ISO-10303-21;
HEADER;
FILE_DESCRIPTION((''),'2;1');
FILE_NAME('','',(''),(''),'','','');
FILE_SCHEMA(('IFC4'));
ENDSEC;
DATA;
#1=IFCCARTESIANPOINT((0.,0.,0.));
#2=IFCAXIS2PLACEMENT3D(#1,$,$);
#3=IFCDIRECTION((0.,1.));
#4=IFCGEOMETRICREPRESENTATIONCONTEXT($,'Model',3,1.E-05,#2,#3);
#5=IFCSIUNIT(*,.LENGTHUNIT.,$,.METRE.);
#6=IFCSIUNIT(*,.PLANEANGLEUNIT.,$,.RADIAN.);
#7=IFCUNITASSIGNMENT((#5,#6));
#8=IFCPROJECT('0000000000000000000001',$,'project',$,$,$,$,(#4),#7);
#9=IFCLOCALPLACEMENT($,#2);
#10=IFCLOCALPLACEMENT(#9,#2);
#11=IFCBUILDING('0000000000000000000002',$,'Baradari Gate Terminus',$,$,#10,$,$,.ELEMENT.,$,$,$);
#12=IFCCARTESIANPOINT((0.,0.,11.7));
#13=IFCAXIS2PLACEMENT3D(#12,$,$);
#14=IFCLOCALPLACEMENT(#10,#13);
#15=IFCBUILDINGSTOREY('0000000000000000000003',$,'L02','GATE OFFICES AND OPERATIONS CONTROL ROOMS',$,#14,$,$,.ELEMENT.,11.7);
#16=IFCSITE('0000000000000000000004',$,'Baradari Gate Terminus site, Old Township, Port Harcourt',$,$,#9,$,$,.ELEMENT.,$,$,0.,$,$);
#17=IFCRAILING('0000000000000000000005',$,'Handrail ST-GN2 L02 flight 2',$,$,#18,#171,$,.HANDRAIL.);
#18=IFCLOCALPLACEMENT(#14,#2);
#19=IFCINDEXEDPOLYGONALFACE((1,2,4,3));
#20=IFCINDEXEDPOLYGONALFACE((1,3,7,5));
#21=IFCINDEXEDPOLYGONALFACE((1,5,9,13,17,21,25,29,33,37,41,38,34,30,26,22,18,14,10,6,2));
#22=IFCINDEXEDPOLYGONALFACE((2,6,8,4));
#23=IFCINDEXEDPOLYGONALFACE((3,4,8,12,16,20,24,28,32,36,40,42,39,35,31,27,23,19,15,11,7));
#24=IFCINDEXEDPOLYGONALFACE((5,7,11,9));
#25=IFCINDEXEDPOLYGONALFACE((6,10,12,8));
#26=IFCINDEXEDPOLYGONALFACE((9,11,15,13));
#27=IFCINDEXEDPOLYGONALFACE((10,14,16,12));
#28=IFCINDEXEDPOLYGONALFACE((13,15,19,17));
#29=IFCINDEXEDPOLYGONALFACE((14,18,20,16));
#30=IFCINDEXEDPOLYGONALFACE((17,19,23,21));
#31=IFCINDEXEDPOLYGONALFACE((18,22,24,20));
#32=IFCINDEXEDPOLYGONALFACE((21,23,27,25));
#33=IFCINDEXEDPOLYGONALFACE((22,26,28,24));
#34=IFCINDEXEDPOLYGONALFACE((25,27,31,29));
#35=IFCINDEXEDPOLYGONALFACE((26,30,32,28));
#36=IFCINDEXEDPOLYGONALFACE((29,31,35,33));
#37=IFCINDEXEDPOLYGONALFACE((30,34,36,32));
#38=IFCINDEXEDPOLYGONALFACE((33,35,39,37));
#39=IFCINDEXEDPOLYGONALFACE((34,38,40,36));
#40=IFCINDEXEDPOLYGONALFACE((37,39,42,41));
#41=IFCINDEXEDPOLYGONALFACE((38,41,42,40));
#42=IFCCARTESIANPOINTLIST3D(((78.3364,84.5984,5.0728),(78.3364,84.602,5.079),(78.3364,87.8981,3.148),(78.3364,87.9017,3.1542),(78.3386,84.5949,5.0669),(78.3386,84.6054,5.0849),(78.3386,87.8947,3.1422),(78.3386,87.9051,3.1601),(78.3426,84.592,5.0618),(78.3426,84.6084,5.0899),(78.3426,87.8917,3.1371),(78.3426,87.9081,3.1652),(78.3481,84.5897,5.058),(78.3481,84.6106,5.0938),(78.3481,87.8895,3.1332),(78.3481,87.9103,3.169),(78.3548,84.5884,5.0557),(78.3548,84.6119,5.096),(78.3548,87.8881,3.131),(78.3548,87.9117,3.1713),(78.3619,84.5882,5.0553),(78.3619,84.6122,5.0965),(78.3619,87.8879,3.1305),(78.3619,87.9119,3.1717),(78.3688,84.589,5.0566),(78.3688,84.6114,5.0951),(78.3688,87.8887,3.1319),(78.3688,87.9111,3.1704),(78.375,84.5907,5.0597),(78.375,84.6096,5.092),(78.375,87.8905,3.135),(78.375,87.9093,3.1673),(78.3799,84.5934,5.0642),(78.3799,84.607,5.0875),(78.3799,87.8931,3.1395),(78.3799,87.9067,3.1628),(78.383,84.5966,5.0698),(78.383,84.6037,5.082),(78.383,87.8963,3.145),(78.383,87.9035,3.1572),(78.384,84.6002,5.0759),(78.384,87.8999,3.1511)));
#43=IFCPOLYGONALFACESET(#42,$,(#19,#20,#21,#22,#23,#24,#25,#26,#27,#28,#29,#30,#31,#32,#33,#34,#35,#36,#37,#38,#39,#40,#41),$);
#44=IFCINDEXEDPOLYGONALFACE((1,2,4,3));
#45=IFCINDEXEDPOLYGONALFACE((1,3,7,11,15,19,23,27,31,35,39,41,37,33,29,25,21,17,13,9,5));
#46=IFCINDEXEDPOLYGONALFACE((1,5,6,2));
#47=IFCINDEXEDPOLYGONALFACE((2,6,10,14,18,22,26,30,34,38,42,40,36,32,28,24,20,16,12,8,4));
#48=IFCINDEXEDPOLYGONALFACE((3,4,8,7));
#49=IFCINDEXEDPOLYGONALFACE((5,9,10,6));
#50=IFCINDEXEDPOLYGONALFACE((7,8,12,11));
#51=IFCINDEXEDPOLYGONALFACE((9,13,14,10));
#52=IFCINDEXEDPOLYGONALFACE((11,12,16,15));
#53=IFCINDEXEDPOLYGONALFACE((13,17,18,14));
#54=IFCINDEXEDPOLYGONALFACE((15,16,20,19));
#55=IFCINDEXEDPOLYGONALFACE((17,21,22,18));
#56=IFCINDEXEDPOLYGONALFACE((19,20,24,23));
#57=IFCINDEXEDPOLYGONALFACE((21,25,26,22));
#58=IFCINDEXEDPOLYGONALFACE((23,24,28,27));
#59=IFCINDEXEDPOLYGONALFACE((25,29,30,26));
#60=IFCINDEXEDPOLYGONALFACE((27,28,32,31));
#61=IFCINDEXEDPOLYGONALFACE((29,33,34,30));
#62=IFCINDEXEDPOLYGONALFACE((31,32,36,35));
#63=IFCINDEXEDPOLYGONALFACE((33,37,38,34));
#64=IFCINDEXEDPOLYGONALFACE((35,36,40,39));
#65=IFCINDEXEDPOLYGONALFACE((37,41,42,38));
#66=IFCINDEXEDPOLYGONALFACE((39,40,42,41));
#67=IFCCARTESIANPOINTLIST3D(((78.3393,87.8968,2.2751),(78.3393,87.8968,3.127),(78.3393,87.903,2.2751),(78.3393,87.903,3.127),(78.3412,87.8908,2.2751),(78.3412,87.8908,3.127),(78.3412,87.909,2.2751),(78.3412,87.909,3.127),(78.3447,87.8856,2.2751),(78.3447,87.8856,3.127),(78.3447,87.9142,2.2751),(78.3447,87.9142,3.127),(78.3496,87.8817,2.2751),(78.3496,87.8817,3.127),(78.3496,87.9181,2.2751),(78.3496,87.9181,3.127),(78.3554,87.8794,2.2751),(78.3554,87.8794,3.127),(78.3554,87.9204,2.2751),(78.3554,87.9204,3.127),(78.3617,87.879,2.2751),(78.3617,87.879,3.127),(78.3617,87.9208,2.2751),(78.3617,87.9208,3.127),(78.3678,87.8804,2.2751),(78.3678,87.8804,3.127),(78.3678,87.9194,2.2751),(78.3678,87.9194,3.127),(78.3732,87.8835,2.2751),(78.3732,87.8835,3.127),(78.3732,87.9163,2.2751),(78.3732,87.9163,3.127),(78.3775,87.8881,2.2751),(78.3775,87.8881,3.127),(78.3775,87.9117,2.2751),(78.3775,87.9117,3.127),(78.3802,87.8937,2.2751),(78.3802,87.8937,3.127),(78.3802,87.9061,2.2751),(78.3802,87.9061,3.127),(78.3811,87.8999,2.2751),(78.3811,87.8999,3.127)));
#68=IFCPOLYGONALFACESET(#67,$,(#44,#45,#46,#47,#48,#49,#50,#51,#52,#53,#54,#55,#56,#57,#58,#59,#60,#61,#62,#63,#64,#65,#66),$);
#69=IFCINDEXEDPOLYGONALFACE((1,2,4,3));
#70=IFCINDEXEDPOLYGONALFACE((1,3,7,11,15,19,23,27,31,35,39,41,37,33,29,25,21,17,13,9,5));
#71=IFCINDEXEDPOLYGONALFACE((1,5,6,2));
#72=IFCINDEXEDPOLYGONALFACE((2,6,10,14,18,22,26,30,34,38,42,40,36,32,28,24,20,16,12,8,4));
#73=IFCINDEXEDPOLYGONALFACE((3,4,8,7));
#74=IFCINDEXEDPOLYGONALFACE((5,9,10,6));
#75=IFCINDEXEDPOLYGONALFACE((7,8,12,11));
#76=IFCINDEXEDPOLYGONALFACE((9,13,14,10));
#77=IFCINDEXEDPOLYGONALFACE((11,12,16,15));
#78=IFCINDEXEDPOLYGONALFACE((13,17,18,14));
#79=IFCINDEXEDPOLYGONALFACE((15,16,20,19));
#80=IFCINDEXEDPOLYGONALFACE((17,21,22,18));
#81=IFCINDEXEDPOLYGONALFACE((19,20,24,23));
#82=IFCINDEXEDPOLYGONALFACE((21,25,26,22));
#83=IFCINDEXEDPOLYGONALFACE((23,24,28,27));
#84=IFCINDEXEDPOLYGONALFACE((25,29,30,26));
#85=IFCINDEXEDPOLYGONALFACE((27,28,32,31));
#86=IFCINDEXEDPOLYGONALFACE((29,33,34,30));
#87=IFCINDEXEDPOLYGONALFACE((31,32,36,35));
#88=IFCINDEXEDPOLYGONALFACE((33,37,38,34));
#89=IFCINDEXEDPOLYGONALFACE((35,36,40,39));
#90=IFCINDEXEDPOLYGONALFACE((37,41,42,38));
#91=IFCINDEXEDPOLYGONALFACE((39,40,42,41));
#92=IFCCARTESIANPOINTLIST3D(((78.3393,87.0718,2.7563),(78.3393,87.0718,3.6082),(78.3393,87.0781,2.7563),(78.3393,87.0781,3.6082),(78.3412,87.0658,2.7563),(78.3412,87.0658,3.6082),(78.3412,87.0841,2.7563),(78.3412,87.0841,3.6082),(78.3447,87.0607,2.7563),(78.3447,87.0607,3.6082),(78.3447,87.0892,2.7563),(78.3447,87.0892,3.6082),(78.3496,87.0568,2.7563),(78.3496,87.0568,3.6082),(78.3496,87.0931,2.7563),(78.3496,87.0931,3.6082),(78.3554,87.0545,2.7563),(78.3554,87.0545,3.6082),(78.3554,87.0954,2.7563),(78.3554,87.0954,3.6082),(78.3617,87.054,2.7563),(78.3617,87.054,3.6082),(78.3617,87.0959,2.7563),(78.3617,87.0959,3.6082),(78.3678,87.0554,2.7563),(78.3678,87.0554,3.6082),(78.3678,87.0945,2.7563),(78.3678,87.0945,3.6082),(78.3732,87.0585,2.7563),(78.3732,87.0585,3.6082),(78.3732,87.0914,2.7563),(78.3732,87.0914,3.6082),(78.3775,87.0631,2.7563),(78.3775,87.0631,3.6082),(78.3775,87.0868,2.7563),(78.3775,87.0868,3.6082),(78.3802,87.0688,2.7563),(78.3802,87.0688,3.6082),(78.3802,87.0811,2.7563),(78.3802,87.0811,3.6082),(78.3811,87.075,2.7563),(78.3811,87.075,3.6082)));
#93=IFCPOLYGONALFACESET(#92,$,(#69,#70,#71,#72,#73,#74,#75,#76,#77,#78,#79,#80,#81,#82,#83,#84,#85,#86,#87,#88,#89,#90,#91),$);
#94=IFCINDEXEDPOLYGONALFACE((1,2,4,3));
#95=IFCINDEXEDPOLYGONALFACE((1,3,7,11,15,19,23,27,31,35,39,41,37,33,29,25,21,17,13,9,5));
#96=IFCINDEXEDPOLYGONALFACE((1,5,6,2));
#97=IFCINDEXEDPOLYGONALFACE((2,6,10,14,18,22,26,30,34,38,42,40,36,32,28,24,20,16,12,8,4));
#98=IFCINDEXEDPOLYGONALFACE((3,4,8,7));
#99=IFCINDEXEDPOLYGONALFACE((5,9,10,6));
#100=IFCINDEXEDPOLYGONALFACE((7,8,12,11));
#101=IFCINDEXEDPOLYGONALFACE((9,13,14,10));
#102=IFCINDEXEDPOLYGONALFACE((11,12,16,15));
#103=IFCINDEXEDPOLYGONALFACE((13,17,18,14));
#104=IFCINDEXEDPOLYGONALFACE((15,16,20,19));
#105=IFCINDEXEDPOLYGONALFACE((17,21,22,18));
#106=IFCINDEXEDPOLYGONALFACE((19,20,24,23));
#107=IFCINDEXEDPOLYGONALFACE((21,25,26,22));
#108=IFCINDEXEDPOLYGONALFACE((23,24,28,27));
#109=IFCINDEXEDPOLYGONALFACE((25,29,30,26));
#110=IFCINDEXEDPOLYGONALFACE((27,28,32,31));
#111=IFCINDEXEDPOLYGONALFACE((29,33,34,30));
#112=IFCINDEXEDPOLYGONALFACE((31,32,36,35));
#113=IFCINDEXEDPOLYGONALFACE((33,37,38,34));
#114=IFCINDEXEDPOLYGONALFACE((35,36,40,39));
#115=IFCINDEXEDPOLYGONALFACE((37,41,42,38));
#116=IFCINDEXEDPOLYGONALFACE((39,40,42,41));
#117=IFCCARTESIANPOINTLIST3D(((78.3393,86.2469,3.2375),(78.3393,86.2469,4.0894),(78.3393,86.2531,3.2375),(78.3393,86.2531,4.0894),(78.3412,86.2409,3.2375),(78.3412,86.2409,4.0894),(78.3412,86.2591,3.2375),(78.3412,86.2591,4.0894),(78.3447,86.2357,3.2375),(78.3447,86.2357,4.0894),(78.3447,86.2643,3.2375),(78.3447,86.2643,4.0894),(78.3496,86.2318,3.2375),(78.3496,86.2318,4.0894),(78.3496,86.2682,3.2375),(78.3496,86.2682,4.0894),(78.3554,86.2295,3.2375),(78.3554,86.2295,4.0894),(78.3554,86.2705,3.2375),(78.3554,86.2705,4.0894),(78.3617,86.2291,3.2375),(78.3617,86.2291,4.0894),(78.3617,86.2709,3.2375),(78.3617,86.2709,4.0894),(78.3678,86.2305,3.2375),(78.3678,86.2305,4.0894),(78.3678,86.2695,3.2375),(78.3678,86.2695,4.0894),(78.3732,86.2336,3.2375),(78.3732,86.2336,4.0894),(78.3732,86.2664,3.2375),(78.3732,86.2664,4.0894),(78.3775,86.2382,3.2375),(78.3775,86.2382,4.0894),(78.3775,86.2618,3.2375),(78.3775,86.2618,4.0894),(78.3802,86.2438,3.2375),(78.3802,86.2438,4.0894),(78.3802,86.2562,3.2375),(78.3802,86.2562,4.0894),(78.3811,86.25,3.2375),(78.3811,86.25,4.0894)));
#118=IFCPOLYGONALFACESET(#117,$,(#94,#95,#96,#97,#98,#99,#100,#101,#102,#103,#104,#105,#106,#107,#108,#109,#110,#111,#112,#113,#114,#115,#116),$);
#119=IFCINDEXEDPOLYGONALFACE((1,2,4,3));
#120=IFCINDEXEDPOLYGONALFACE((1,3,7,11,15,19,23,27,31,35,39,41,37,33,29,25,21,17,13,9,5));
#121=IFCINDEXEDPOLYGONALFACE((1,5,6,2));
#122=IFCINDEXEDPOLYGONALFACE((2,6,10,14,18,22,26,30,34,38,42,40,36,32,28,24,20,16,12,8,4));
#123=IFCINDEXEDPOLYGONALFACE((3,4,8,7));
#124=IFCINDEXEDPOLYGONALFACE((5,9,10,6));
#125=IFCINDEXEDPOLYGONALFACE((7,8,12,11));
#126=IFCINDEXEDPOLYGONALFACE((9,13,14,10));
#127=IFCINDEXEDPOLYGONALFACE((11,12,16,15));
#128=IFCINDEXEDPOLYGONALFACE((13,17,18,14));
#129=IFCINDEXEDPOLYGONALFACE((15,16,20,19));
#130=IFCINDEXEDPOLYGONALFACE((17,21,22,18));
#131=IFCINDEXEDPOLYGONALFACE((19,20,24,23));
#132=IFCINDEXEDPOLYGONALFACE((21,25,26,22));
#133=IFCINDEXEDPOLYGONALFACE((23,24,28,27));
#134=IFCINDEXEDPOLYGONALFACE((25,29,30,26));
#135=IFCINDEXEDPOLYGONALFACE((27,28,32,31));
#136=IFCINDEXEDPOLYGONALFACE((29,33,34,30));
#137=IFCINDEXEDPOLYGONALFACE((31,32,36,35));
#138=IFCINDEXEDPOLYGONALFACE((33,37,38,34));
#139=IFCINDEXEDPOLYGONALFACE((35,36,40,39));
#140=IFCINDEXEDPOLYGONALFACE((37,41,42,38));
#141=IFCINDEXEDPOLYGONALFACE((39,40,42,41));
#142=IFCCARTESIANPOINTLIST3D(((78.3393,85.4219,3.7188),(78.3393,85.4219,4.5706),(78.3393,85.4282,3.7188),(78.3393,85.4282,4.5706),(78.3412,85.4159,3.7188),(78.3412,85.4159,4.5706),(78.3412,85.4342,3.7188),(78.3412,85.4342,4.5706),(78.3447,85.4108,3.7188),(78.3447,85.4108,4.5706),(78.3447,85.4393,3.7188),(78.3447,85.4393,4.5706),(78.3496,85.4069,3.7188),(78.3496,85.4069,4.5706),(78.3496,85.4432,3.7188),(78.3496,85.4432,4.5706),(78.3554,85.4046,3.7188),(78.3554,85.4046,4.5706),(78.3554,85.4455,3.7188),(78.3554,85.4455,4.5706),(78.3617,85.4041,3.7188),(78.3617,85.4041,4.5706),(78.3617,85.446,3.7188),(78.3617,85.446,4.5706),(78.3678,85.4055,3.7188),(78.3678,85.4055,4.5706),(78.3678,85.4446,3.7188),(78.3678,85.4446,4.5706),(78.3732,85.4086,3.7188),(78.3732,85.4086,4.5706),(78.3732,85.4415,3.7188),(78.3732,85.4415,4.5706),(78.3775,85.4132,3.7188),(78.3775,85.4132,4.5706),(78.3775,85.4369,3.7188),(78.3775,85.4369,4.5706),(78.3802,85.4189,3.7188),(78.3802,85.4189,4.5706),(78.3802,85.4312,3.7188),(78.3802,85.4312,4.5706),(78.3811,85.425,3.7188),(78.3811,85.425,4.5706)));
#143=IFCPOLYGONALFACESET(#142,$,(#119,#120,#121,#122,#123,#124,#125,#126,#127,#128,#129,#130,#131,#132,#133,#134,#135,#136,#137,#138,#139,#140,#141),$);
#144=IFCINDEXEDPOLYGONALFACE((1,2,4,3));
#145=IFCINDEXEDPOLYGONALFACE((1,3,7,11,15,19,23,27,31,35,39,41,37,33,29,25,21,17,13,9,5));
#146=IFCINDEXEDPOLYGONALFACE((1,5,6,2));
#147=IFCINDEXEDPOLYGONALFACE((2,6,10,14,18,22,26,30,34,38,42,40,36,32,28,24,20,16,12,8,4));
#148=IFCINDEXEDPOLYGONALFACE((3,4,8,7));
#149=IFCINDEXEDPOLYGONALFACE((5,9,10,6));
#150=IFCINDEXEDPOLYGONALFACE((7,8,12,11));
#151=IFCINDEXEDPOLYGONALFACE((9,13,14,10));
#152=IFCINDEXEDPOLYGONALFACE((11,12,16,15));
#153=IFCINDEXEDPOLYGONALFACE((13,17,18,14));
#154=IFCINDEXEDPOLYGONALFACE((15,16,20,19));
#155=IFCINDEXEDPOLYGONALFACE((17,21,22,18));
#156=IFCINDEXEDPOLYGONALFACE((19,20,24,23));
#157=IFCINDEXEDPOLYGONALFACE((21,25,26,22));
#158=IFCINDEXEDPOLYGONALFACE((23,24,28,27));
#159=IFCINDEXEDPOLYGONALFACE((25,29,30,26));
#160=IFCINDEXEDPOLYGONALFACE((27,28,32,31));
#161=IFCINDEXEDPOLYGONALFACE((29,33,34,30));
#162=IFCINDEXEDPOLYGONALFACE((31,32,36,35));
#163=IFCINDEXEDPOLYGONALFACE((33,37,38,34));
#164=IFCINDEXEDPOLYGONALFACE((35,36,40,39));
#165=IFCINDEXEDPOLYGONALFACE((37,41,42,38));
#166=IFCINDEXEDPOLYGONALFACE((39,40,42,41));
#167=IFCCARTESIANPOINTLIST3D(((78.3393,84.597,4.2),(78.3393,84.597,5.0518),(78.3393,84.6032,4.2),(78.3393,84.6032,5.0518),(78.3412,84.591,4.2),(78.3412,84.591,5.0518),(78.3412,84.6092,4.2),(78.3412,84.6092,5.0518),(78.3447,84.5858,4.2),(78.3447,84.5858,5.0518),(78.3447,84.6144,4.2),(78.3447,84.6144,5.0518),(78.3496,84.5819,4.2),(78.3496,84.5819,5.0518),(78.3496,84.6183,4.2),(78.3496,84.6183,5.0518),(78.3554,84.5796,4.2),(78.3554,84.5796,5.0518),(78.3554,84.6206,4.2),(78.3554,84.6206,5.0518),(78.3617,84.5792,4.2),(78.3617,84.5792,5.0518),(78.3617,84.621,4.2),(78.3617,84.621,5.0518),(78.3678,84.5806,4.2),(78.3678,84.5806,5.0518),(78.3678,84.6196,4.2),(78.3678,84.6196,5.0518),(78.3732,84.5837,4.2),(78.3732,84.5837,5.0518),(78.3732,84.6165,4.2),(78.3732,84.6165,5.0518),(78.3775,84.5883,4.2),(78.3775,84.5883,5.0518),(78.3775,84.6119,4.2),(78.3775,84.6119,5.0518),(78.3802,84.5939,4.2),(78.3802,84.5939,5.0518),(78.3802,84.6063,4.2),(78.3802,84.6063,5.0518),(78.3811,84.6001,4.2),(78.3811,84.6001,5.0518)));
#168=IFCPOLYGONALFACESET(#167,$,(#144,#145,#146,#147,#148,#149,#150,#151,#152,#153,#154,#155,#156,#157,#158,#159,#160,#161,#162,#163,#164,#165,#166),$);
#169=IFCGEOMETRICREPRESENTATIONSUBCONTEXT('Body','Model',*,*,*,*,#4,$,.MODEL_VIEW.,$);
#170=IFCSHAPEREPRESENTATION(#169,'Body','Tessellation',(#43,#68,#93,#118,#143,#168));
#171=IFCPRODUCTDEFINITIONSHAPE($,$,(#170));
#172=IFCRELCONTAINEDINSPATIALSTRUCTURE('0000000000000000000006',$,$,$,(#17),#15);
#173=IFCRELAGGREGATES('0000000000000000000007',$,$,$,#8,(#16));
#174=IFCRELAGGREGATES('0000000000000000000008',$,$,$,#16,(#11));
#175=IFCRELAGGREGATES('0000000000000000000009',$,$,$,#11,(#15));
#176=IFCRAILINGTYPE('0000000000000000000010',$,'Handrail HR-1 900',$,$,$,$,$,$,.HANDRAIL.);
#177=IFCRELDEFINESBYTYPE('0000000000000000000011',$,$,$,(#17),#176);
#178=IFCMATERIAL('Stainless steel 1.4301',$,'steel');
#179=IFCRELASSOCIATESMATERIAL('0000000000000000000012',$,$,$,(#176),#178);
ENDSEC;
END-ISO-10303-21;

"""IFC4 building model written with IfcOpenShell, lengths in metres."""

from ifc_helpers import new_model, si_unit, direction, frame, origin, origin_2d, place, context, subcontext, project, spatial, circle, extrude, material, type_object, element, save


model = new_model("IFC4")

# Units and contexts
model_context = context("Model", 3, precision=1e-05, world=origin(), true_north=direction((0.0, 1.0)))
body_context = subcontext(model_context, "Body", "Model", "MODEL_VIEW")
ifc_project = project(units=[si_unit("LENGTHUNIT", "METRE"), si_unit("PLANEANGLEUNIT", "RADIAN")], contexts=[model_context])

# Site, building, storey
site_placement = place(None, origin())
site = spatial("IfcSite", under=ifc_project, at=site_placement, Name="Baradari Gate Terminus site, Old Township, Port Harcourt", CompositionType="ELEMENT", RefElevation=0.0)
building_placement = place(site_placement, origin())
building = spatial("IfcBuilding", under=site, at=building_placement, Name="Baradari Gate Terminus", CompositionType="ELEMENT")
storey_placement = place(building_placement, frame((0.0, 0.0, 11.7)))
storey = spatial("IfcBuildingStorey", under=building, at=storey_placement, Name="L02", Description="GATE OFFICES AND OPERATIONS CONTROL ROOMS", CompositionType="ELEMENT", Elevation=11.7)

# Railing
ifc_material_1 = material(Name="Stainless steel 1.4301", Category="steel")
railing_type = type_object("IfcRailingType", Name="Handrail HR-1 900", PredefinedType="HANDRAIL", material=ifc_material_1)
for number, where, name in (
    (1, (78.3601, 87.8999, 2.2751), "Handrail ST-GN2 L02 flight 2"),
):
    element("IfcRailing", number, at=place(storey_placement, frame(where)), inside=storey, type_object=railing_type, Name=name, PredefinedType="HANDRAIL", context=body_context, shape_type="SweptSolid", body=[
        extrude(circle(Radius=0.0239, at=origin_2d()), frame((0.0, 0.0, 0.876), z_axis=(0.0, -0.863788, 0.503855), x_axis=(1.0, 0.0, 0.0)), (0.0, 0.0, 1.0), 3.8201),
        extrude(circle(Radius=0.021, at=origin_2d()), origin(), (0.0, 0.0, 1.0), 0.8518),
        extrude(circle(Radius=0.021, at=origin_2d()), frame((0.0, -0.825, 0.4812)), (0.0, 0.0, 1.0), 0.8518),
        extrude(circle(Radius=0.021, at=origin_2d()), frame((0.0, -1.6499, 0.9624)), (0.0, 0.0, 1.0), 0.8518),
        extrude(circle(Radius=0.021, at=origin_2d()), frame((0.0, -2.4749, 1.4436)), (0.0, 0.0, 1.0), 0.8518),
        extrude(circle(Radius=0.021, at=origin_2d()), frame((0.0, -3.2998, 1.9248)), (0.0, 0.0, 1.0), 0.8518),
    ])

save(model, "model.ifc")
